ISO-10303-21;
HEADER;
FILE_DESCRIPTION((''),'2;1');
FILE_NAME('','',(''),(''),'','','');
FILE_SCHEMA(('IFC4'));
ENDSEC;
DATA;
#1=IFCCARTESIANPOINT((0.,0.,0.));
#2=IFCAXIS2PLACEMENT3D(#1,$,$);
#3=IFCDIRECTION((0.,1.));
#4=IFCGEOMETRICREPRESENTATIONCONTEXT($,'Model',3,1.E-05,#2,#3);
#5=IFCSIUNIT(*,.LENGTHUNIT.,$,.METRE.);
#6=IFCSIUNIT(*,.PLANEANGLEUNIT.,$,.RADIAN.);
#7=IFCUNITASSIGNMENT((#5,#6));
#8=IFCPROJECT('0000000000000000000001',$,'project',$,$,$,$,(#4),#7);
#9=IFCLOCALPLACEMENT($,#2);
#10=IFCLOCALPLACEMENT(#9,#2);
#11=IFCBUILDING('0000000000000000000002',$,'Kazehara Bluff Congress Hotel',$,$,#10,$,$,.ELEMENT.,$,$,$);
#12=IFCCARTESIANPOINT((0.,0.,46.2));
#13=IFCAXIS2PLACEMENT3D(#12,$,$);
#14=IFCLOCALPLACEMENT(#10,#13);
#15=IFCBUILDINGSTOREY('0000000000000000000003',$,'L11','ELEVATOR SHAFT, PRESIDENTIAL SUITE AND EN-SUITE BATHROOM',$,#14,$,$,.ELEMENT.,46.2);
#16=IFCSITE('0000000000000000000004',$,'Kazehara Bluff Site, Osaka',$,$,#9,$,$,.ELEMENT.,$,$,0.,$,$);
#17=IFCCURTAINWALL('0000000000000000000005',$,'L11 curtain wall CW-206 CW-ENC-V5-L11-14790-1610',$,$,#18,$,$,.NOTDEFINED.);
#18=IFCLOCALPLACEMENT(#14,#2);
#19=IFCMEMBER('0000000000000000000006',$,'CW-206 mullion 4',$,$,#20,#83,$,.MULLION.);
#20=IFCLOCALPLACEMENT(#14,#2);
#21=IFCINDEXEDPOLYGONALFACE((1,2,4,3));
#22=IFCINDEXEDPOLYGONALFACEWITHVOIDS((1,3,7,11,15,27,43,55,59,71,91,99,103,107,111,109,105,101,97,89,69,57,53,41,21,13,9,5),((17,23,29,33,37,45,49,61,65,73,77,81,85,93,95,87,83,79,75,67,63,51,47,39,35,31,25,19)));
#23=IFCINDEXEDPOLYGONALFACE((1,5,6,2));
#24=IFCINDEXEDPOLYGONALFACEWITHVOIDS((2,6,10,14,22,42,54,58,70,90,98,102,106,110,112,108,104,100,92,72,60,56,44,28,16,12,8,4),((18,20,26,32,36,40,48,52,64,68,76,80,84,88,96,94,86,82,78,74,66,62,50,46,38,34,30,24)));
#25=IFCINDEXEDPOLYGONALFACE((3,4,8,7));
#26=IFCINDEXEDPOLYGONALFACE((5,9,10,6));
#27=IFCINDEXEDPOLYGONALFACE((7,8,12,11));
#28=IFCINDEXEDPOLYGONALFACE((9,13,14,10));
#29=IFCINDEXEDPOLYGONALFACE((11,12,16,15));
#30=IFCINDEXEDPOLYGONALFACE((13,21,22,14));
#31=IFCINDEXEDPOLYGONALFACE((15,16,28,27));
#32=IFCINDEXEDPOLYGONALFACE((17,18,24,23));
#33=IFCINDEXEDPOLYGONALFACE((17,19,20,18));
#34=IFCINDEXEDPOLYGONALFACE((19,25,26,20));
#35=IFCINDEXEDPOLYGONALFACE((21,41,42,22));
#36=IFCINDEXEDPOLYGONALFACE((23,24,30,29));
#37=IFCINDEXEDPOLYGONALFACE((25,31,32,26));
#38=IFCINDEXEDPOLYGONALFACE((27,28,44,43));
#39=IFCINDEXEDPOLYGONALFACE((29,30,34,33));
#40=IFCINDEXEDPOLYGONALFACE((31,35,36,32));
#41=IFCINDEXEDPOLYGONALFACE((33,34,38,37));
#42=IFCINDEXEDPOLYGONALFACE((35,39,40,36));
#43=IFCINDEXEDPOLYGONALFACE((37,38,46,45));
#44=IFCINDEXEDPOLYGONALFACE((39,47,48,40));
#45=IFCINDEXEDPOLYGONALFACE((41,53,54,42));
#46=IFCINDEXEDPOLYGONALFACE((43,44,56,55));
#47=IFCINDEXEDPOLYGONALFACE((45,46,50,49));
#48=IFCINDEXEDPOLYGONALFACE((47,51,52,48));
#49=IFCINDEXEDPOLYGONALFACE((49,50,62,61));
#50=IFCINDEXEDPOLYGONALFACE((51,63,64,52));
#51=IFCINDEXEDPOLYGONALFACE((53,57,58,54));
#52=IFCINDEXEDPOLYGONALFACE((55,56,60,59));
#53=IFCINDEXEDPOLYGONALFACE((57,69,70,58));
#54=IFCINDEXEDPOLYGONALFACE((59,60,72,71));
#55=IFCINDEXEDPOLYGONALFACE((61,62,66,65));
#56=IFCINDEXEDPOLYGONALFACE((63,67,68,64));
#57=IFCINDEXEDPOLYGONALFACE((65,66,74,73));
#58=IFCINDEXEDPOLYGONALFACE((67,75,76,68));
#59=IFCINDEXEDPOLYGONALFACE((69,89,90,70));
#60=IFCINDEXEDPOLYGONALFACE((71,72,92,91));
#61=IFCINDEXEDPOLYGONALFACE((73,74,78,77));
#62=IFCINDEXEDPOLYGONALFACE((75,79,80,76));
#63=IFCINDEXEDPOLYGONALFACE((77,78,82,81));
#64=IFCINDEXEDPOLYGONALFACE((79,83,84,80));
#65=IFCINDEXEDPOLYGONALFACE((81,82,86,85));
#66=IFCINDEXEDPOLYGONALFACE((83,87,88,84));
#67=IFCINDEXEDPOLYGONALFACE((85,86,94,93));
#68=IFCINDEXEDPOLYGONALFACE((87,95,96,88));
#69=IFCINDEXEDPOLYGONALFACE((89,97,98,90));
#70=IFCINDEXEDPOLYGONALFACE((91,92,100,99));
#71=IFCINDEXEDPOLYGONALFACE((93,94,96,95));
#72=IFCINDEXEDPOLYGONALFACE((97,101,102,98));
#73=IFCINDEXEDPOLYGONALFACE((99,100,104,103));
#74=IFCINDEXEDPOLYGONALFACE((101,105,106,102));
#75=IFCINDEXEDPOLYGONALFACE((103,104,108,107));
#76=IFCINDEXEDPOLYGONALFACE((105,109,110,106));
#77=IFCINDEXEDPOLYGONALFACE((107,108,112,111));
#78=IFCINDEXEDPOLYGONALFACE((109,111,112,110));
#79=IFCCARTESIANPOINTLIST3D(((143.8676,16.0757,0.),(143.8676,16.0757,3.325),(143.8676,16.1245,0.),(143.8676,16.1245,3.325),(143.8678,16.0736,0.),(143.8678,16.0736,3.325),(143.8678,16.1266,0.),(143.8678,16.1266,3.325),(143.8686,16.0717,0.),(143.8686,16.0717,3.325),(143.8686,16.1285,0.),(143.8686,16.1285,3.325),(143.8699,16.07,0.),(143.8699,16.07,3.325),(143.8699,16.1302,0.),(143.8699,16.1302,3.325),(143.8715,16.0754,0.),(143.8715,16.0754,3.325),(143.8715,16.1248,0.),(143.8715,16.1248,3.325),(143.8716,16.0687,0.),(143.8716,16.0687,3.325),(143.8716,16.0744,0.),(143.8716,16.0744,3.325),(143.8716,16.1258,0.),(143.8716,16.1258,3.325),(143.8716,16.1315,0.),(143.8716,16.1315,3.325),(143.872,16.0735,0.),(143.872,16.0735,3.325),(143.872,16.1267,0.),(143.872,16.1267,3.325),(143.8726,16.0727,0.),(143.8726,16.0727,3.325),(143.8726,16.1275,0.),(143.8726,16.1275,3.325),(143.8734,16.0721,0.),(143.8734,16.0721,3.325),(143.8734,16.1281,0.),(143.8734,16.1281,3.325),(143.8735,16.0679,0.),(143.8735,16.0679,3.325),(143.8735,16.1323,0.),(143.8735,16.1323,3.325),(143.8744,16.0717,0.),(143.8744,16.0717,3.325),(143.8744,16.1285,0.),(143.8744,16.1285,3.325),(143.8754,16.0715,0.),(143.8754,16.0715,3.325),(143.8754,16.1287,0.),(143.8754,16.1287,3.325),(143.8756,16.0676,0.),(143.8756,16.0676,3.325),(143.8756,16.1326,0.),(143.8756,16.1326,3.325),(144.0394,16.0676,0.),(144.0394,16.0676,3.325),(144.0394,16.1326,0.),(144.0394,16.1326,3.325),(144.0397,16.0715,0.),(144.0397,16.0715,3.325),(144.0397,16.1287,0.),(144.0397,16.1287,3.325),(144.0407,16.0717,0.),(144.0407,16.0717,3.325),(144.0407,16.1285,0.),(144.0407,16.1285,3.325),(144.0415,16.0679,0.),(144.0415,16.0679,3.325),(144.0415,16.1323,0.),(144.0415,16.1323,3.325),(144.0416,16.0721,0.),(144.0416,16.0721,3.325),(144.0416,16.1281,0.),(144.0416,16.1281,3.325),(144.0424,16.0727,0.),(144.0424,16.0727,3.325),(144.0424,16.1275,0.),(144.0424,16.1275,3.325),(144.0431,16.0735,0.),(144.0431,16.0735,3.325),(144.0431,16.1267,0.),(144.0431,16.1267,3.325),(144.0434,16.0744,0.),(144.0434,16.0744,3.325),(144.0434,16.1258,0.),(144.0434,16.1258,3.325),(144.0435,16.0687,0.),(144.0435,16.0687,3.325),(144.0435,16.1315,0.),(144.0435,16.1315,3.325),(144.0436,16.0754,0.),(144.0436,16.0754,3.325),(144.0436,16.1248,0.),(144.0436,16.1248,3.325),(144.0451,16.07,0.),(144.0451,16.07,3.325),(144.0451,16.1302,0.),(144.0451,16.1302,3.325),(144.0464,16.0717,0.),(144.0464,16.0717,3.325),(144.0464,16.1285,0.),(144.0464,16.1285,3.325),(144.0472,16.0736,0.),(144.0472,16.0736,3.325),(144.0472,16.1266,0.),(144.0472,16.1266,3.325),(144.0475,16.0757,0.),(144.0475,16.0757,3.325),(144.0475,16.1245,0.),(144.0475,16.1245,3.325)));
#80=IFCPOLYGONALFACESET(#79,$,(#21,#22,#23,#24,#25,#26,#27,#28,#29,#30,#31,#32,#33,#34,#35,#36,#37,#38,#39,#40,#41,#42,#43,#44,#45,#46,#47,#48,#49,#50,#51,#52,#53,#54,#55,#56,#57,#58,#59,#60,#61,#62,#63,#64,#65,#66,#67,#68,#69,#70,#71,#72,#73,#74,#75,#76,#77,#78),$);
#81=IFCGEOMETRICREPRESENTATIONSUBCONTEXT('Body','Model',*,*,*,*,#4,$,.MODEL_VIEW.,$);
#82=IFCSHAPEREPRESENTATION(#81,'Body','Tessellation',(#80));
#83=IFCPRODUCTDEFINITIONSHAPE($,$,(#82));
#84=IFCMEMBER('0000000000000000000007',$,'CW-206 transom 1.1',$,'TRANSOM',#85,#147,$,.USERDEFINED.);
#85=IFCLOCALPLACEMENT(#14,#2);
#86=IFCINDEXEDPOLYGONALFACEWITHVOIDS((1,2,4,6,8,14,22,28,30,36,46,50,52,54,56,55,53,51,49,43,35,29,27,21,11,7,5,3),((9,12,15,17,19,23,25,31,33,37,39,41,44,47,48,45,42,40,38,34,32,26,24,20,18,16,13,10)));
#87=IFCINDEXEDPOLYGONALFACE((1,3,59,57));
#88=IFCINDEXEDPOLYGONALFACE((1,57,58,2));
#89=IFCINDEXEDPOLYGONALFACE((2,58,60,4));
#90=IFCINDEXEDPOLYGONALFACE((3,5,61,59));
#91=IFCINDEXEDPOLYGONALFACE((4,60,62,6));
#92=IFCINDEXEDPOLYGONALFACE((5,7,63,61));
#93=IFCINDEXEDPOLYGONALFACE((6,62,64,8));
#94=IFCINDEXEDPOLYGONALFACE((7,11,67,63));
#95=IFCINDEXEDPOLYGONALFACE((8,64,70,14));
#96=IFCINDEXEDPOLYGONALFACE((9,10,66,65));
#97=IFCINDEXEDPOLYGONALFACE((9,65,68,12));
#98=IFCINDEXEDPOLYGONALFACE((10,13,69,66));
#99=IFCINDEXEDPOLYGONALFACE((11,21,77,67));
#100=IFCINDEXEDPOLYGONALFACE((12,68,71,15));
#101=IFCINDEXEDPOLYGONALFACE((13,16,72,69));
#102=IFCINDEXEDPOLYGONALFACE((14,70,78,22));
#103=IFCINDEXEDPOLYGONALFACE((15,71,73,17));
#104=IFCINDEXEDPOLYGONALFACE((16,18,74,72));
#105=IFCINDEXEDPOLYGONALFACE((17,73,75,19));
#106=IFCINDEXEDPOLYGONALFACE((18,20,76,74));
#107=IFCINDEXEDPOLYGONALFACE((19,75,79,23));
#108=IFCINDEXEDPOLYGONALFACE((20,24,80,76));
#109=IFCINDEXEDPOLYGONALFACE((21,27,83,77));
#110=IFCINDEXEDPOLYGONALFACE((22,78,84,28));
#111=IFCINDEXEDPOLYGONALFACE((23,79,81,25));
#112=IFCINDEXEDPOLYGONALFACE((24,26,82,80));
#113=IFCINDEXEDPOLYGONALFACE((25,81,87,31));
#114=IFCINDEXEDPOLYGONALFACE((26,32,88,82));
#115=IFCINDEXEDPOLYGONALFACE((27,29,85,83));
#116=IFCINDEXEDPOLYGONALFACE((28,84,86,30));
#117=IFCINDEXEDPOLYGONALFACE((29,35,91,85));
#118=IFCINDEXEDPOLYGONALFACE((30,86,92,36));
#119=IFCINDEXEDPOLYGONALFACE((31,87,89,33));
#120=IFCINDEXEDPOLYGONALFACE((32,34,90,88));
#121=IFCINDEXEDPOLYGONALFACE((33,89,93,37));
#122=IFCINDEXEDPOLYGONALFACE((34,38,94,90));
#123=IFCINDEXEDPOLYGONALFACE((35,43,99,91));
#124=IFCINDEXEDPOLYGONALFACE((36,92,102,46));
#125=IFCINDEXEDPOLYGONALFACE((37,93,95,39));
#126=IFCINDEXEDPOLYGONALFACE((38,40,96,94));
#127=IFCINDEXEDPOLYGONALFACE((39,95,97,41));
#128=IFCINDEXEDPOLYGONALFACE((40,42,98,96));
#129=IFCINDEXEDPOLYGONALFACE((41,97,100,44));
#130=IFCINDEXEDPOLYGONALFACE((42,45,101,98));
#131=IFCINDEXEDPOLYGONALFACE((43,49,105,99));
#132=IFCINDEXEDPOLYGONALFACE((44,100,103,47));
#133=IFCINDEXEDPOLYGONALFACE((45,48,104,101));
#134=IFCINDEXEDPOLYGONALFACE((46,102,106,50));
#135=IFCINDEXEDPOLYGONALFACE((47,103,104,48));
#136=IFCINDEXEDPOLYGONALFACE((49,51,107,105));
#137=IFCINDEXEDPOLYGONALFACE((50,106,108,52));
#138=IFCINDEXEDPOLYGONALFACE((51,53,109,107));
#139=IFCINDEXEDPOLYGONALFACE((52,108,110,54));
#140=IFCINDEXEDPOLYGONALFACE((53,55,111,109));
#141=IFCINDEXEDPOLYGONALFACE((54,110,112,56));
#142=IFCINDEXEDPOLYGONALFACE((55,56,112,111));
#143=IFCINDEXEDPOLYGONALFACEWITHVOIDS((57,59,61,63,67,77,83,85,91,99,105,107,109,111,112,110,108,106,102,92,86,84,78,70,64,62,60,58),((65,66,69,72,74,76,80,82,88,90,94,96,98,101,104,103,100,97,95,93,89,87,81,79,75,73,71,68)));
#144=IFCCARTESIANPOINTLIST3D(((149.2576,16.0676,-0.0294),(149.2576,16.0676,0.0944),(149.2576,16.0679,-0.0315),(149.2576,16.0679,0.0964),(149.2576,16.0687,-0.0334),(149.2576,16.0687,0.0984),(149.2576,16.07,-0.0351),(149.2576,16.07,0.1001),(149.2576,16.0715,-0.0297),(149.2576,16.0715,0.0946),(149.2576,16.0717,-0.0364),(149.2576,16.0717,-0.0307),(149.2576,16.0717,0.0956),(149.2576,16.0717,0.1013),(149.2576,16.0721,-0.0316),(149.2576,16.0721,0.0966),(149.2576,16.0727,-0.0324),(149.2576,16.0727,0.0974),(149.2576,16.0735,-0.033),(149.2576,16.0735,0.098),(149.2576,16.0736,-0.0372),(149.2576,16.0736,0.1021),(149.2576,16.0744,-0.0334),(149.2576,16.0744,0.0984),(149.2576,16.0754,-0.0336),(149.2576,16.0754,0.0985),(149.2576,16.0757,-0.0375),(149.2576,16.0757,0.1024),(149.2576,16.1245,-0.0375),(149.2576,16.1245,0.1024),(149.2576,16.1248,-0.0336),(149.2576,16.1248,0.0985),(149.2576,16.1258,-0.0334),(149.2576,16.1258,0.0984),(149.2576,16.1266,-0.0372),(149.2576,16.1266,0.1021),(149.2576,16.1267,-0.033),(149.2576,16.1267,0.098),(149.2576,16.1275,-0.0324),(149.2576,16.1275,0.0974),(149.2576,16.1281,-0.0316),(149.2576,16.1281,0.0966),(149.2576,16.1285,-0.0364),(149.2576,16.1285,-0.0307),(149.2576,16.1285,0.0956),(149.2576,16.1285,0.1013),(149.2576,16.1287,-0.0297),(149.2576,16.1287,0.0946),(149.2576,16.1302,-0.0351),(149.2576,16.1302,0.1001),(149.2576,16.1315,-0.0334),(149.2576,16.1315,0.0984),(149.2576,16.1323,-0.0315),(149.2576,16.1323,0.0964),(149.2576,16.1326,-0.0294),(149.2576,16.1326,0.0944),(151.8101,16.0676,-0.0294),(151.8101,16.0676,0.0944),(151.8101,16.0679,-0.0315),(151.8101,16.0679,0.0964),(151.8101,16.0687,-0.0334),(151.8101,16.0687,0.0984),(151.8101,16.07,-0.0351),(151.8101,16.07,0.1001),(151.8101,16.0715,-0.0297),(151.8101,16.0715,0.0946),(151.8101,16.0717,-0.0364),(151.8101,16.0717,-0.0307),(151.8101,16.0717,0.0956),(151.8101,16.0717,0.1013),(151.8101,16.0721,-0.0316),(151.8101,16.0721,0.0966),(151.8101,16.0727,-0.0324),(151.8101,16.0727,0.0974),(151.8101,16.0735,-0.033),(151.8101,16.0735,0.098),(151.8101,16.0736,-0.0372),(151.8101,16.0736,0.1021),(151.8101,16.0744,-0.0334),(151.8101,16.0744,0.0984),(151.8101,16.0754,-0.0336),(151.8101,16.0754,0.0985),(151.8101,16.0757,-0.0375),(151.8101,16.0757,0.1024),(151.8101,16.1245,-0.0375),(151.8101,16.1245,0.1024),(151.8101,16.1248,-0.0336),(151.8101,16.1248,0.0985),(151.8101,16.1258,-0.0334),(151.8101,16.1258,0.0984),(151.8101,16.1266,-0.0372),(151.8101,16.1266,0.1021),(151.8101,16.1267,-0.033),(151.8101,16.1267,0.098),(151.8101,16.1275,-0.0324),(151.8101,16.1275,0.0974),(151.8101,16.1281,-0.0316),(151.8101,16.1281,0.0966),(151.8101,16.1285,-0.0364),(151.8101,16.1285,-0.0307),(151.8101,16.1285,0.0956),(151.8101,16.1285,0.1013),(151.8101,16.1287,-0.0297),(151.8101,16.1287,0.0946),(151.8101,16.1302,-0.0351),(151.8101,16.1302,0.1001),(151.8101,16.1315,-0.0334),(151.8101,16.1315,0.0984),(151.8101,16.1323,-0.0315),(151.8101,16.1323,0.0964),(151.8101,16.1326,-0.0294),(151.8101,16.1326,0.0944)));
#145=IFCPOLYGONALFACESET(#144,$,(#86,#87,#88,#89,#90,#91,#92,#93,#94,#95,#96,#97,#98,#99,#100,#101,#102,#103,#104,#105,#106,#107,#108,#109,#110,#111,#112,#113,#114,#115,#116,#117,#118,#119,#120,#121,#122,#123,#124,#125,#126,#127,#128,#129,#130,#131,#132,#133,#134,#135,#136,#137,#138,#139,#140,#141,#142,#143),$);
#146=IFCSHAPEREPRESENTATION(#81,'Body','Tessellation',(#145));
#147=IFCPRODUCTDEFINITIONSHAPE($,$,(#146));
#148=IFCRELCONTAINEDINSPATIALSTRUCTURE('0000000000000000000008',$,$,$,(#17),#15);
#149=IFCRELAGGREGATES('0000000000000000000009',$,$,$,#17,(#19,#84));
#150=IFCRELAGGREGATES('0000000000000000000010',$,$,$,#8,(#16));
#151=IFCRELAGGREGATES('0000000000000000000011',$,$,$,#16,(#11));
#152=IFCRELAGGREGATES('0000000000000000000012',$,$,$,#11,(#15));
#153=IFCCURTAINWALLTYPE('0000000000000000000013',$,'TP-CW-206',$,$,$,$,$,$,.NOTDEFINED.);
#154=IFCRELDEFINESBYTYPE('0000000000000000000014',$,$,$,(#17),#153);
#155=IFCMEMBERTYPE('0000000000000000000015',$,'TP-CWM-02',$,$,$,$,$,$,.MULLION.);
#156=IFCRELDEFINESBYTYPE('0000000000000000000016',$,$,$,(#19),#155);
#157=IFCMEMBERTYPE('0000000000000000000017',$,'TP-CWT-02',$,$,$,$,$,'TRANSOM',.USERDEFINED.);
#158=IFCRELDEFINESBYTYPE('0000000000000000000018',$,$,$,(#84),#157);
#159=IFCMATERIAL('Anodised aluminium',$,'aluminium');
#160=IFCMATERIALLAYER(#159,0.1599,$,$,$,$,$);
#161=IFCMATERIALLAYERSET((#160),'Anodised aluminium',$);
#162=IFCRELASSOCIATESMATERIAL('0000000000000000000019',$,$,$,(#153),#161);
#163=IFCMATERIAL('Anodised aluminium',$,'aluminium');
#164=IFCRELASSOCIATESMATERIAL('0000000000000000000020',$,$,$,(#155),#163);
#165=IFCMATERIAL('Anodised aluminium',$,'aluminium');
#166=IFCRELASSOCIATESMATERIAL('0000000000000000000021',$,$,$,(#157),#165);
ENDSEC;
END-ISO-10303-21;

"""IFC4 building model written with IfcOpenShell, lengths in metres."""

from ifc_helpers import new_model, si_unit, direction, frame, origin, origin_2d, place, context, subcontext, project, spatial, hollow_rectangle, extrude, material, layer, layer_set, material_profile, profile_set, type_object, element, aggregate, save


model = new_model("IFC4")

# Units and contexts
model_context = context("Model", 3, precision=1e-05, world=origin(), true_north=direction((0.0, 1.0)))
body_context = subcontext(model_context, "Body", "Model", "MODEL_VIEW")
ifc_project = project(units=[si_unit("LENGTHUNIT", "METRE"), si_unit("PLANEANGLEUNIT", "RADIAN")], contexts=[model_context])

# Site, building, storey
site_placement = place(None, origin())
site = spatial("IfcSite", under=ifc_project, at=site_placement, Name="Kazehara Bluff Site, Osaka", CompositionType="ELEMENT", RefElevation=0.0)
building_placement = place(site_placement, origin())
building = spatial("IfcBuilding", under=site, at=building_placement, Name="Kazehara Bluff Congress Hotel", CompositionType="ELEMENT")
storey_placement = place(building_placement, frame((0.0, 0.0, 46.2)))
storey = spatial("IfcBuildingStorey", under=building, at=storey_placement, Name="L11", Description="ELEVATOR SHAFT, PRESIDENTIAL SUITE AND EN-SUITE BATHROOM", CompositionType="ELEMENT", Elevation=46.2)

# Curtain wall, members
ifc_material_1 = material(Name="Anodised aluminium", Category="aluminium")
ifc_layer_1 = layer(ifc_material_1, 0.1599)
ifc_layer_set_1 = layer_set([ifc_layer_1], Name="Anodised aluminium")
curtain_wall_type = type_object("IfcCurtainWallType", Name="TP-CW-206", PredefinedType="NOTDEFINED", material=ifc_layer_set_1)
curtain_wall_placement = place(storey_placement, origin())
curtain_wall = element("IfcCurtainWall", 1, at=curtain_wall_placement, inside=storey, type_object=curtain_wall_type, Name="L11 curtain wall CW-206 CW-ENC-V5-L11-14790-1610", PredefinedType="NOTDEFINED")
ifc_material_2 = material(Name="Anodised aluminium", Category="aluminium")
ifc_material_profile_1 = material_profile(ifc_material_2, hollow_rectangle(XDim=0.0649, YDim=0.1799, WallThickness=0.0039, InnerFilletRadius=0.0039, OuterFilletRadius=0.0081, at=origin_2d()))
ifc_profile_set_1 = profile_set([ifc_material_profile_1], Name="Anodised aluminium")
member_type_1 = type_object("IfcMemberType", Name="TP-CWM-02", PredefinedType="MULLION", material=ifc_profile_set_1)
member_1_placement = place(storey_placement, frame((143.9575, 16.1001, 0.0), z_axis=(0.0, 0.0, 1.0), x_axis=(0.0, -1.0, 0.0)))
member_1 = element("IfcMember", 2, at=member_1_placement, type_object=member_type_1, Name="CW-206 mullion 4", PredefinedType="MULLION", context=body_context, shape_type="SweptSolid", body=[
    extrude(hollow_rectangle(XDim=0.0649, YDim=0.1799, WallThickness=0.0039, InnerFilletRadius=0.0039, OuterFilletRadius=0.0081, at=origin_2d()), origin(), (0.0, 0.0, 1.0), 3.325),
])
ifc_material_3 = material(Name="Anodised aluminium", Category="aluminium")
ifc_material_profile_2 = material_profile(ifc_material_3, hollow_rectangle(XDim=0.0649, YDim=0.1399, WallThickness=0.0039, InnerFilletRadius=0.0039, OuterFilletRadius=0.0081, at=origin_2d()))
ifc_profile_set_2 = profile_set([ifc_material_profile_2], Name="Anodised aluminium")
member_type_2 = type_object("IfcMemberType", Name="TP-CWT-02", ElementType="TRANSOM", PredefinedType="USERDEFINED", material=ifc_profile_set_2)
member_2_placement = place(storey_placement, frame((151.8101, 16.1001, 0.0325), z_axis=(-1.0, 0.0, 0.0), x_axis=(0.0, -1.0, 0.0)))
member_2 = element("IfcMember", 3, at=member_2_placement, type_object=member_type_2, Name="CW-206 transom 1.1", ObjectType="TRANSOM", PredefinedType="USERDEFINED", context=body_context, shape_type="SweptSolid", body=[
    extrude(hollow_rectangle(XDim=0.0649, YDim=0.1399, WallThickness=0.0039, InnerFilletRadius=0.0039, OuterFilletRadius=0.0081, at=origin_2d()), origin(), (0.0, 0.0, 1.0), 2.5525),
])
aggregate(curtain_wall, [member_1, member_2])

save(model, "model.ifc")
